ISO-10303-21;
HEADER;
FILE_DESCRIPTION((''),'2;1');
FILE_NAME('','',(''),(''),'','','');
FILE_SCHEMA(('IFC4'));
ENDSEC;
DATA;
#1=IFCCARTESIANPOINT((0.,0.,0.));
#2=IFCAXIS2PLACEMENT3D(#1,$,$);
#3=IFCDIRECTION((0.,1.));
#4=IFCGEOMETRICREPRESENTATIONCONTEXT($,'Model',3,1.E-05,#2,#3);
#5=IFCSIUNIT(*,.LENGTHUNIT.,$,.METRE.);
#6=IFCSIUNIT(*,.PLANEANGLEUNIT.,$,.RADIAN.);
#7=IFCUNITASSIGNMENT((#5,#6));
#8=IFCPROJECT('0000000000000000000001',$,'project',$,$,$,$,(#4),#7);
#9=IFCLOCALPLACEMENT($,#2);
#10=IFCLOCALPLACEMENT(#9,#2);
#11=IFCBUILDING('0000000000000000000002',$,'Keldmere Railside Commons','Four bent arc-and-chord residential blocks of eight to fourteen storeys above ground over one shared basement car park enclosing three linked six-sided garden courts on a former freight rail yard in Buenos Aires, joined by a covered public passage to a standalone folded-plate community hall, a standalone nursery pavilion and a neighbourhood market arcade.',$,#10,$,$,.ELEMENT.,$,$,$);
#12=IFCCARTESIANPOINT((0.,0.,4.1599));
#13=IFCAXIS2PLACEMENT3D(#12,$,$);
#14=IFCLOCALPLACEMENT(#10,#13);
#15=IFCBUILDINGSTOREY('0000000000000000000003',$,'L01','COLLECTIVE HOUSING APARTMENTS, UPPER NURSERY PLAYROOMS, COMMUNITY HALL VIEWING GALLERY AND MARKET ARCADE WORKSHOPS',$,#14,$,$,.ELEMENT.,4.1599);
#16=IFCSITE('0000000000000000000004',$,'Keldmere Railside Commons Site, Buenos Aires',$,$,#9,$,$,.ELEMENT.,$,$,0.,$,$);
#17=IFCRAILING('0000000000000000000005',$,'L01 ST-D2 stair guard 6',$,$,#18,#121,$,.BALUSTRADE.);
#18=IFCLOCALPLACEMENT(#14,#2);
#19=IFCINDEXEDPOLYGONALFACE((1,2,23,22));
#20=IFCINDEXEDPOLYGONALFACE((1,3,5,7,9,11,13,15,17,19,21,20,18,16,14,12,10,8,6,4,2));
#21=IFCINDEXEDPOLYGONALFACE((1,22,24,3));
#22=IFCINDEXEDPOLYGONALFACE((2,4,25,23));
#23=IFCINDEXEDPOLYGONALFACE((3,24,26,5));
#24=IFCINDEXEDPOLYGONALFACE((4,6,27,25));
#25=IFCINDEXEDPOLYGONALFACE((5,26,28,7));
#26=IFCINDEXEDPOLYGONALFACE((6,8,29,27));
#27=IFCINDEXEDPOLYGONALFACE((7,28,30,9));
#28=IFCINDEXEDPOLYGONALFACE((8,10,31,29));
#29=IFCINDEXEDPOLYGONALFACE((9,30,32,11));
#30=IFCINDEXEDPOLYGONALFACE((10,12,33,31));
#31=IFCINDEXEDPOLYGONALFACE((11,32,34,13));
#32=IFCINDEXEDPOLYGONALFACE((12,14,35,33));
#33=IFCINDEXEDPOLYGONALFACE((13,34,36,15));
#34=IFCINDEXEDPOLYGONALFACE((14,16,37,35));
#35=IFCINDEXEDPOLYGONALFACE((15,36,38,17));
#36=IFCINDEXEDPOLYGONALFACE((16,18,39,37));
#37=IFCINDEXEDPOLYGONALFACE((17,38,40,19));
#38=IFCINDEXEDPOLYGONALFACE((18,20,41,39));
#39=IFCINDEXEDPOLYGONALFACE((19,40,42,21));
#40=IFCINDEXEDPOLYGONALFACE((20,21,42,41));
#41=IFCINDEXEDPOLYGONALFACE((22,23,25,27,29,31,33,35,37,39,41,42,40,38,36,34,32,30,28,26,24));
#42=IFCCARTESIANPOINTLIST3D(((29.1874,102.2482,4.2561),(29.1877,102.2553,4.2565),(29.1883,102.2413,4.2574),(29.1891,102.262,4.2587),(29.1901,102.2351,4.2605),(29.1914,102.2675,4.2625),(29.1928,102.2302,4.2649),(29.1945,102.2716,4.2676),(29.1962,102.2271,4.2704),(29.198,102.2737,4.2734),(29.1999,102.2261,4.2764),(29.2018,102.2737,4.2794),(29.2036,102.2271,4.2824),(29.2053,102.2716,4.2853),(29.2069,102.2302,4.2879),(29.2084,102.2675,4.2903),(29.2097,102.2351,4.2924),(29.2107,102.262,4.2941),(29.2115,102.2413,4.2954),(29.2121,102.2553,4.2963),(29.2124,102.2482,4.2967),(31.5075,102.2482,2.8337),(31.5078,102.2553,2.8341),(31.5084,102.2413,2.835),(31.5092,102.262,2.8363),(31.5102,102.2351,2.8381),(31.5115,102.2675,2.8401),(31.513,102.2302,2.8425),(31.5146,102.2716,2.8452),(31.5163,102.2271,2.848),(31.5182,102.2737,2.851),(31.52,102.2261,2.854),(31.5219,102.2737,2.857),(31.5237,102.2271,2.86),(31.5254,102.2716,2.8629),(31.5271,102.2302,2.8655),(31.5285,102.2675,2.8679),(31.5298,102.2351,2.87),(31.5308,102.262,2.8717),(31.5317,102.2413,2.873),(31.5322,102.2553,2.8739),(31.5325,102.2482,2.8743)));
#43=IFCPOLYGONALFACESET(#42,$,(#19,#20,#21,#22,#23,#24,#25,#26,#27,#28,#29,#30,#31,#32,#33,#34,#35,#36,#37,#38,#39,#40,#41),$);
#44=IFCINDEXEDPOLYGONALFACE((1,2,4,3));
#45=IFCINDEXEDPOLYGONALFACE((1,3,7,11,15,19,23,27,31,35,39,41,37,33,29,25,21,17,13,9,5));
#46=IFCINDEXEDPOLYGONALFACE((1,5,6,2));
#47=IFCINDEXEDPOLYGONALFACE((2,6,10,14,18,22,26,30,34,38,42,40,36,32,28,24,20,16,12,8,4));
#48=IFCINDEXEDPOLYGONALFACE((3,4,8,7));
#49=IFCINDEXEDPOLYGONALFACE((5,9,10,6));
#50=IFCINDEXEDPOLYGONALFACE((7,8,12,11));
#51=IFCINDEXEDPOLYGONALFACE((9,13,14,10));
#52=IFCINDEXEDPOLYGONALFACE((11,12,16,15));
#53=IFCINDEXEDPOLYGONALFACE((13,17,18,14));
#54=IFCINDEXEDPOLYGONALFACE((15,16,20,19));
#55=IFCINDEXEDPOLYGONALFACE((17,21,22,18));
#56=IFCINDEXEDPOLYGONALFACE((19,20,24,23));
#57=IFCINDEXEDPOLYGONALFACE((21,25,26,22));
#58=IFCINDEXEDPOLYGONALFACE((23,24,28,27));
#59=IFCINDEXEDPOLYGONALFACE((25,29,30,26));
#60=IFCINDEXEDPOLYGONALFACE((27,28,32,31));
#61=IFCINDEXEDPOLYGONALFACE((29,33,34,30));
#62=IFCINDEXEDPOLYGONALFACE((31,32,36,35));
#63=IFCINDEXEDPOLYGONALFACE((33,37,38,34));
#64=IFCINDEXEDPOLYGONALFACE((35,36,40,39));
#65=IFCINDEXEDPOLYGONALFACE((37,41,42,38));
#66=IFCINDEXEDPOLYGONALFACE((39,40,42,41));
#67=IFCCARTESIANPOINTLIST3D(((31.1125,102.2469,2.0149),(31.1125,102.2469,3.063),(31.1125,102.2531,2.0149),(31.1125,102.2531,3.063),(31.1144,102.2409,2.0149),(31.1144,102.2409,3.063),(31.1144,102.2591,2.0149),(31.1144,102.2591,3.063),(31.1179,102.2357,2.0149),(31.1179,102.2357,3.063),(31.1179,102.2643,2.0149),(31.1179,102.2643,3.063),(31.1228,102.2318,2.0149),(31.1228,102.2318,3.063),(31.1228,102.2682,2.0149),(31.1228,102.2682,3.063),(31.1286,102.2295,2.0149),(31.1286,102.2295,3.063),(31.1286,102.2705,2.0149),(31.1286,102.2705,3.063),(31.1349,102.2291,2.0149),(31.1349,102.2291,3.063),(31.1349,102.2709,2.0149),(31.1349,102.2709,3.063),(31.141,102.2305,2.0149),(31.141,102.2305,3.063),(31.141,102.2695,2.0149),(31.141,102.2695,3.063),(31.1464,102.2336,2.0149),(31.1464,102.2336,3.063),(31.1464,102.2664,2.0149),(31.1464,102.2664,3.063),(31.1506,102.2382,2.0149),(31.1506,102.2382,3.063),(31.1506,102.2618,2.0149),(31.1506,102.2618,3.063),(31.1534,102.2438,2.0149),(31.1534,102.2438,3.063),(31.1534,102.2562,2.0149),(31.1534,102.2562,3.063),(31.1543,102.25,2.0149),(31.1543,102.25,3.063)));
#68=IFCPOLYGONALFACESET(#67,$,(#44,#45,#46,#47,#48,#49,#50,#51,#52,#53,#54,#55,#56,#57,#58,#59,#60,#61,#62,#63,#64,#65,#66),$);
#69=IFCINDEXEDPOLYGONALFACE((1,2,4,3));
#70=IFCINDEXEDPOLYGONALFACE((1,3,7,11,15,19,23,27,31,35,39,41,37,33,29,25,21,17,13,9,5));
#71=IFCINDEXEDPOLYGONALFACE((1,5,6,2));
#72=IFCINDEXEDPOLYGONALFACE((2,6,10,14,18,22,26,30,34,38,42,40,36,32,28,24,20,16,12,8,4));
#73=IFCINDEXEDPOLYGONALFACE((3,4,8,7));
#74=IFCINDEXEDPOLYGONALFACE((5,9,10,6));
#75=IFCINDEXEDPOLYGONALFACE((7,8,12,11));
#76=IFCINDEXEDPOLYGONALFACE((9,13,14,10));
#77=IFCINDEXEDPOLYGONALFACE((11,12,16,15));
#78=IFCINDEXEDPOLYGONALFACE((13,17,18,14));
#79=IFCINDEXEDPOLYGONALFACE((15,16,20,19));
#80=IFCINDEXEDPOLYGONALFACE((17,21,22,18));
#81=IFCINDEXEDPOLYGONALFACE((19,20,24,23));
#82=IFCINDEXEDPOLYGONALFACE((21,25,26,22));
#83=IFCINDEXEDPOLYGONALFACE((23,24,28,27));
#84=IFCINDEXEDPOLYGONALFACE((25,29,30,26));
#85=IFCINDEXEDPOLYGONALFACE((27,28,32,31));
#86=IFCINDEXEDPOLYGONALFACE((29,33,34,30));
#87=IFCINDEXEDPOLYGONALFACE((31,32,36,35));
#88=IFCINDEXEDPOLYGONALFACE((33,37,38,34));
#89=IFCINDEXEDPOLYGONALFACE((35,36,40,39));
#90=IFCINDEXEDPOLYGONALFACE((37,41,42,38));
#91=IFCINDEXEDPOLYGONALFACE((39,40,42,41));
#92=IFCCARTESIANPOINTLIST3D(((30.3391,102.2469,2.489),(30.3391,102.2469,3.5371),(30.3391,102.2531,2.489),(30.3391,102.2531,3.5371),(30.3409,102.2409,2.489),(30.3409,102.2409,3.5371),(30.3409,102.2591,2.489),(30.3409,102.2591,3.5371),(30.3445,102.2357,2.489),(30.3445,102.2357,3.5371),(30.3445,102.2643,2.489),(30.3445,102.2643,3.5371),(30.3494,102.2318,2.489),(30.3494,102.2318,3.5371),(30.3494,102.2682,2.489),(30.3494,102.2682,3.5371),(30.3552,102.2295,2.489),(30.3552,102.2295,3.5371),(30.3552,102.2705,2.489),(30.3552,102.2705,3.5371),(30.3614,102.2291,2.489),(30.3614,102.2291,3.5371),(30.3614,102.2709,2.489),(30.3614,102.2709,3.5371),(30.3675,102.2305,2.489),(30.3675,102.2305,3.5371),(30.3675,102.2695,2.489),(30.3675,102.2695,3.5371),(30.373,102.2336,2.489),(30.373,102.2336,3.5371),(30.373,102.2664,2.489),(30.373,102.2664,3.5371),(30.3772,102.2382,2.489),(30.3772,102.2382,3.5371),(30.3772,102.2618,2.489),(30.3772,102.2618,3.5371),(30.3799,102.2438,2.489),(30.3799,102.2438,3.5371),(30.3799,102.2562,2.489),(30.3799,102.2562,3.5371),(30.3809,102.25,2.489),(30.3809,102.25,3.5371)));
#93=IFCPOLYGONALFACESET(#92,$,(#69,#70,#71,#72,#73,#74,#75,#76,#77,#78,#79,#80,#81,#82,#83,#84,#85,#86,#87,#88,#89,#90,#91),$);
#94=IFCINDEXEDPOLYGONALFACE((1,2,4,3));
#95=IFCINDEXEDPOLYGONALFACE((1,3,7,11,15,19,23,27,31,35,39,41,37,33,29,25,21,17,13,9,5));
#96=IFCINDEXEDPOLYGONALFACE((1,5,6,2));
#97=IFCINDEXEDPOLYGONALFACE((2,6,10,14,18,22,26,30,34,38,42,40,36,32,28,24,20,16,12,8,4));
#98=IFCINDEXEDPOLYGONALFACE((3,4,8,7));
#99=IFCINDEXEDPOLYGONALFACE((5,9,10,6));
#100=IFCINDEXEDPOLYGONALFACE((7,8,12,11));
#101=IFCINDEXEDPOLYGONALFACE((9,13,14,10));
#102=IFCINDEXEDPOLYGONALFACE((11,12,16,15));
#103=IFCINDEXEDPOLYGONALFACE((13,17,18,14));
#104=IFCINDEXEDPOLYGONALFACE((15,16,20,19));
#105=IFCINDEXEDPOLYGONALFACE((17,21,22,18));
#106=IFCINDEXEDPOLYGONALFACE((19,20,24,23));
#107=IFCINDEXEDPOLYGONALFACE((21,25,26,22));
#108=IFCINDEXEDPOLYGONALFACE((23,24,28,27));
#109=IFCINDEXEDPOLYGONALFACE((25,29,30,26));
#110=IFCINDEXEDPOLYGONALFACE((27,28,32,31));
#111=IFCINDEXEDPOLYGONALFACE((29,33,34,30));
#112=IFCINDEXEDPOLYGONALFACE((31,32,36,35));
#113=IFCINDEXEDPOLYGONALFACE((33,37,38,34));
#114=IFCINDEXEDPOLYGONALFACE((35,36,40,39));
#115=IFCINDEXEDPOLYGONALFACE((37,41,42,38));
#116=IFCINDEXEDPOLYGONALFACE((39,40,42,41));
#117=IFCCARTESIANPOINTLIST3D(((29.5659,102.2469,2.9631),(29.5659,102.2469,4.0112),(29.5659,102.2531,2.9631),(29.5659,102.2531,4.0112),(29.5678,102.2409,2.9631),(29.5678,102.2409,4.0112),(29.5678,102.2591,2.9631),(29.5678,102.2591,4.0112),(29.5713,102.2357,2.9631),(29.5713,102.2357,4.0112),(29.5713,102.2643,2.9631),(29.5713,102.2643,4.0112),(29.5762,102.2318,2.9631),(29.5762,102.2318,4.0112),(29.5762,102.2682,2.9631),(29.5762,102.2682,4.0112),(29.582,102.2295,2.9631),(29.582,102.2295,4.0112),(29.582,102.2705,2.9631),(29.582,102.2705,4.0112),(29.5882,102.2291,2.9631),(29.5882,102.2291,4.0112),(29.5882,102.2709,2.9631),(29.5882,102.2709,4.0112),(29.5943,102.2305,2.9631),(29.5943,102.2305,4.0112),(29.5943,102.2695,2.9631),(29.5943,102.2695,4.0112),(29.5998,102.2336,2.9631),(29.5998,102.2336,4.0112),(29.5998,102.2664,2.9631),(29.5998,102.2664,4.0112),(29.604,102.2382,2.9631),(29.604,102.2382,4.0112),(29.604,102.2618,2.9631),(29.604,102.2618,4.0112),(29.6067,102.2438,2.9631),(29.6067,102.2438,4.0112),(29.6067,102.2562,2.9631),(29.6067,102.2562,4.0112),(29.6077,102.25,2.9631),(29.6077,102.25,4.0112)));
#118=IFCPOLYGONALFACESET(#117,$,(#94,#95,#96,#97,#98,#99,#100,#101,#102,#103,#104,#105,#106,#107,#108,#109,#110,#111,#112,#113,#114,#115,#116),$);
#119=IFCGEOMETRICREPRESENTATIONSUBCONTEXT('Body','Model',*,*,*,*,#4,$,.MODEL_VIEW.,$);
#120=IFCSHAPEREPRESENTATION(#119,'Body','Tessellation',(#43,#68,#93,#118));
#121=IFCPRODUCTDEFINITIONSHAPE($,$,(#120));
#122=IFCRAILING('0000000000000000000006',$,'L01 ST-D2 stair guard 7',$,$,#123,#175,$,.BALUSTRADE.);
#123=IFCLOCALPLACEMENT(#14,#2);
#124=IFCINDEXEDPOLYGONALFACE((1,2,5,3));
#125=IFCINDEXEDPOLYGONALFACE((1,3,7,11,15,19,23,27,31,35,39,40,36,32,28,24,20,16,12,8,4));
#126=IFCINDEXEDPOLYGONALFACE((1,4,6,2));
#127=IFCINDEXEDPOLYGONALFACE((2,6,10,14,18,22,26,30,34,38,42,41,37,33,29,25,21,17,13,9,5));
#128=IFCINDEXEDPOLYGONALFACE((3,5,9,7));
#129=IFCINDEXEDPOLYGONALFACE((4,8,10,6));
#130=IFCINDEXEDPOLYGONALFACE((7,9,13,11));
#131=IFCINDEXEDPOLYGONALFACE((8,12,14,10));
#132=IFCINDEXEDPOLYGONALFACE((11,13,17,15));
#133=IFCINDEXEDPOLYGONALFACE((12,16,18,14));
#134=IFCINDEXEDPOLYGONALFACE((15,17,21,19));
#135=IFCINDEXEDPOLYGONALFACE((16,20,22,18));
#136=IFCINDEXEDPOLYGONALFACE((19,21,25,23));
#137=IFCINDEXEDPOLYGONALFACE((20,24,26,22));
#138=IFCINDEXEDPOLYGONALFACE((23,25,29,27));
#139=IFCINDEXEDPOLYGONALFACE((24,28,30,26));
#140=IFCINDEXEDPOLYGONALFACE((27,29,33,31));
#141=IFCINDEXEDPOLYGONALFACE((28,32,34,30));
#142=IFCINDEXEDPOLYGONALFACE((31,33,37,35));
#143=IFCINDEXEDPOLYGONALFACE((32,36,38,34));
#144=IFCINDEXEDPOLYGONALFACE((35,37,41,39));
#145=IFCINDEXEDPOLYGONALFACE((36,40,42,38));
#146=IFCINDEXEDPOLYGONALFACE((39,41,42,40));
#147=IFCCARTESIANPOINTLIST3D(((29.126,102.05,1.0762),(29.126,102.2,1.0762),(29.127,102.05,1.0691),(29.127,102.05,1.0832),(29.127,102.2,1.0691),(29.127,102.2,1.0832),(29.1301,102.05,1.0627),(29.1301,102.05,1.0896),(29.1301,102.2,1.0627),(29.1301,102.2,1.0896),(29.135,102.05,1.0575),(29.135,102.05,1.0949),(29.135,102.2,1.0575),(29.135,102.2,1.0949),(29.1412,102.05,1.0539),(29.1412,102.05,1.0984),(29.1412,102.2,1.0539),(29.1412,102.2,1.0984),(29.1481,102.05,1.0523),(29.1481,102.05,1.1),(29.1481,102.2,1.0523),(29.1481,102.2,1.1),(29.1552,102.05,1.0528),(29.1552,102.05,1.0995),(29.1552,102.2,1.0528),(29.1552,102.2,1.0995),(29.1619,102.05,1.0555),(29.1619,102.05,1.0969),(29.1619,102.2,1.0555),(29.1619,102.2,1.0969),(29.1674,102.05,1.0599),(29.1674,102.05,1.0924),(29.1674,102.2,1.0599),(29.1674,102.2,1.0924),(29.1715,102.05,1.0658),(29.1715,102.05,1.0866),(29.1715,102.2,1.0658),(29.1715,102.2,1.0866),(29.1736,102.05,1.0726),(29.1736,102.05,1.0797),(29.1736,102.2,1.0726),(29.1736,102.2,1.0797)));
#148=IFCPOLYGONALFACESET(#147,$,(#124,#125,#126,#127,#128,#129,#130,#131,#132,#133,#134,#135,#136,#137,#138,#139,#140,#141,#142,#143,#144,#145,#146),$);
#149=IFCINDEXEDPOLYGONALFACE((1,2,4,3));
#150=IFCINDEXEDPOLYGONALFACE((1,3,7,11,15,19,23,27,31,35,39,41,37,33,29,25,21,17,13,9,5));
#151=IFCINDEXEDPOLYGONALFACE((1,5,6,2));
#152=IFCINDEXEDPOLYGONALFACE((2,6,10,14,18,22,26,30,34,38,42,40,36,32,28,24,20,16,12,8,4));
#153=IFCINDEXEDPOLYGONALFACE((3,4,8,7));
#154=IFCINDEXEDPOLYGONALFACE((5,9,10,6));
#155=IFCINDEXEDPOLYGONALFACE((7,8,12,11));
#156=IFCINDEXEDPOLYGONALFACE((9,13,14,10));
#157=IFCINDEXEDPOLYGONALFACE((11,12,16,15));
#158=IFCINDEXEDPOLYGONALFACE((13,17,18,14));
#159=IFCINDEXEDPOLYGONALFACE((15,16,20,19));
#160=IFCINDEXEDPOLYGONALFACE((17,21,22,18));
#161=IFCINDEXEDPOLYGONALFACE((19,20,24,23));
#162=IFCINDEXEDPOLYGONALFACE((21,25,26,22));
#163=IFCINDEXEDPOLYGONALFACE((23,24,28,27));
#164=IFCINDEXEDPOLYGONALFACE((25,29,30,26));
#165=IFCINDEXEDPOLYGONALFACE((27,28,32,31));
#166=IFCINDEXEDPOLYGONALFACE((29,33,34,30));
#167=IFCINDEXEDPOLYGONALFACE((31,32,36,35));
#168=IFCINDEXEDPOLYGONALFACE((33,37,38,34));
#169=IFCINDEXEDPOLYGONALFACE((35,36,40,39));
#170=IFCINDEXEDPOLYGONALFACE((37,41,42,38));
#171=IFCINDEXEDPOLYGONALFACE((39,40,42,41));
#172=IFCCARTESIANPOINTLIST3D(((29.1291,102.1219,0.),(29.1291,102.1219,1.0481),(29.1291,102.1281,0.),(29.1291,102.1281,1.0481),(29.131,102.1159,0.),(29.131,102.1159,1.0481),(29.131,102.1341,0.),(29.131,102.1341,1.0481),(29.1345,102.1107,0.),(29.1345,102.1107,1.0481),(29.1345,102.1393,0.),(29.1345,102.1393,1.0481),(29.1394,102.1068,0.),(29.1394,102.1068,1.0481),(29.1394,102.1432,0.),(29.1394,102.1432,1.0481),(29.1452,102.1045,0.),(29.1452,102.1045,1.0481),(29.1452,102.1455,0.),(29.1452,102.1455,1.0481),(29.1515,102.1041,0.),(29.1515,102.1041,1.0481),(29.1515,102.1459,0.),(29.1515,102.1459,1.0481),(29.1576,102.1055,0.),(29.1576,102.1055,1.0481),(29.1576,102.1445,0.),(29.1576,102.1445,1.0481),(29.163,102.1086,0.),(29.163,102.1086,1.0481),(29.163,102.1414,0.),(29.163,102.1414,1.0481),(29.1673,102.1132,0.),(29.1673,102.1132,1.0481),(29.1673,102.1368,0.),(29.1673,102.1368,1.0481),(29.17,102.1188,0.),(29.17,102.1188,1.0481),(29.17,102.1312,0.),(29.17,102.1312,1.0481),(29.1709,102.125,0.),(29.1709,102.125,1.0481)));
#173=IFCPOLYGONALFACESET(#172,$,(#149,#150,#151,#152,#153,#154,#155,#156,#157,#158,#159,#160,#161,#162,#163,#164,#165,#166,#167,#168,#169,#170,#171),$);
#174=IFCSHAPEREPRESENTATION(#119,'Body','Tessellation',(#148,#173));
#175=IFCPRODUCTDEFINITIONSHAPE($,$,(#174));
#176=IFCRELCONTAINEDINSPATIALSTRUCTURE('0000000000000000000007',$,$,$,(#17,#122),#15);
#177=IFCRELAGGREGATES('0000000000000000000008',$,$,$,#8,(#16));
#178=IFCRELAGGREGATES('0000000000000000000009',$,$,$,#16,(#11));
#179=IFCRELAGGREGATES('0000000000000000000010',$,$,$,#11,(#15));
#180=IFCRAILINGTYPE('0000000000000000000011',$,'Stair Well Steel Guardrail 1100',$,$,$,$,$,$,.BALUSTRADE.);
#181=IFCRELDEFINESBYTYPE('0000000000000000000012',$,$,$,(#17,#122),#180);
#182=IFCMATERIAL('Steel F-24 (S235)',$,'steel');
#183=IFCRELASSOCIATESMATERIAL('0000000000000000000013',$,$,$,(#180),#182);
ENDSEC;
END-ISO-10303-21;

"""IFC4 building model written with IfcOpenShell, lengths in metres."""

from ifc_helpers import new_model, si_unit, direction, frame, origin, origin_2d, place, context, subcontext, project, spatial, circle, extrude, material, type_object, element, save


model = new_model("IFC4")

# Units and contexts
model_context = context("Model", 3, precision=1e-05, world=origin(), true_north=direction((0.0, 1.0)))
body_context = subcontext(model_context, "Body", "Model", "MODEL_VIEW")
ifc_project = project(units=[si_unit("LENGTHUNIT", "METRE"), si_unit("PLANEANGLEUNIT", "RADIAN")], contexts=[model_context])

# Site, building, storey
site_placement = place(None, origin())
site = spatial("IfcSite", under=ifc_project, at=site_placement, Name="Keldmere Railside Commons Site, Buenos Aires", CompositionType="ELEMENT", RefElevation=0.0)
building_placement = place(site_placement, origin())
building = spatial("IfcBuilding", under=site, at=building_placement, Name="Keldmere Railside Commons", Description="Four bent arc-and-chord residential blocks of eight to fourteen storeys above ground over one shared basement car park enclosing three linked six-sided garden courts on a former freight rail yard in Buenos Aires, joined by a covered public passage to a standalone folded-plate community hall, a standalone nursery pavilion and a neighbourhood market arcade.", CompositionType="ELEMENT")
storey_placement = place(building_placement, frame((0.0, 0.0, 4.1599)))
storey = spatial("IfcBuildingStorey", under=building, at=storey_placement, Name="L01", Description="COLLECTIVE HOUSING APARTMENTS, UPPER NURSERY PLAYROOMS, COMMUNITY HALL VIEWING GALLERY AND MARKET ARCADE WORKSHOPS", CompositionType="ELEMENT", Elevation=4.1599)

# Shared definitions
ifc_material_1 = material(Name="Steel F-24 (S235)", Category="steel")

# Railings
railing_type_1 = type_object("IfcRailingType", Name="Stair Well Steel Guardrail 1100", PredefinedType="BALUSTRADE", material=ifc_material_1)
railing_1_placement = place(storey_placement, frame((31.52, 102.25, 1.7778)))
element("IfcRailing", 1, at=railing_1_placement, inside=storey, type_object=railing_type_1, Name="L01 ST-D2 stair guard 6", PredefinedType="BALUSTRADE", context=body_context, shape_type="SweptSolid", body=[
    extrude(circle(Radius=0.0239, at=origin_2d()), frame((0.0, 0.0, 1.0762), z_axis=(-0.852538, 0.0, 0.522665), x_axis=(0.0, -1.0, 0.0)), (0.0, 0.0, 1.0), 2.7214),
    extrude(circle(Radius=0.021, at=origin_2d()), frame((-0.3867, 0.0, 0.2371)), (0.0, 0.0, 1.0), 1.0481),
    extrude(circle(Radius=0.021, at=origin_2d()), frame((-1.1602, 0.0, 0.7112)), (0.0, 0.0, 1.0), 1.0481),
    extrude(circle(Radius=0.021, at=origin_2d()), frame((-1.9333, 0.0, 1.1853)), (0.0, 0.0, 1.0), 1.0481),
])
railing_2_placement = place(storey_placement, frame((29.1499, 102.05, 0.0)))
element("IfcRailing", 2, at=railing_2_placement, inside=storey, type_object=railing_type_1, Name="L01 ST-D2 stair guard 7", PredefinedType="BALUSTRADE", context=body_context, shape_type="SweptSolid", body=[
    extrude(circle(Radius=0.0239, at=origin_2d()), frame((0.0, 0.0, 1.0762), z_axis=(0.0, 1.0, 0.0), x_axis=(-1.0, 0.0, 0.0)), (0.0, 0.0, 1.0), 0.1499),
    extrude(circle(Radius=0.021, at=origin_2d()), frame((0.0, 0.075, 0.0)), (0.0, 0.0, 1.0), 1.0481),
])

save(model, "model.ifc")
